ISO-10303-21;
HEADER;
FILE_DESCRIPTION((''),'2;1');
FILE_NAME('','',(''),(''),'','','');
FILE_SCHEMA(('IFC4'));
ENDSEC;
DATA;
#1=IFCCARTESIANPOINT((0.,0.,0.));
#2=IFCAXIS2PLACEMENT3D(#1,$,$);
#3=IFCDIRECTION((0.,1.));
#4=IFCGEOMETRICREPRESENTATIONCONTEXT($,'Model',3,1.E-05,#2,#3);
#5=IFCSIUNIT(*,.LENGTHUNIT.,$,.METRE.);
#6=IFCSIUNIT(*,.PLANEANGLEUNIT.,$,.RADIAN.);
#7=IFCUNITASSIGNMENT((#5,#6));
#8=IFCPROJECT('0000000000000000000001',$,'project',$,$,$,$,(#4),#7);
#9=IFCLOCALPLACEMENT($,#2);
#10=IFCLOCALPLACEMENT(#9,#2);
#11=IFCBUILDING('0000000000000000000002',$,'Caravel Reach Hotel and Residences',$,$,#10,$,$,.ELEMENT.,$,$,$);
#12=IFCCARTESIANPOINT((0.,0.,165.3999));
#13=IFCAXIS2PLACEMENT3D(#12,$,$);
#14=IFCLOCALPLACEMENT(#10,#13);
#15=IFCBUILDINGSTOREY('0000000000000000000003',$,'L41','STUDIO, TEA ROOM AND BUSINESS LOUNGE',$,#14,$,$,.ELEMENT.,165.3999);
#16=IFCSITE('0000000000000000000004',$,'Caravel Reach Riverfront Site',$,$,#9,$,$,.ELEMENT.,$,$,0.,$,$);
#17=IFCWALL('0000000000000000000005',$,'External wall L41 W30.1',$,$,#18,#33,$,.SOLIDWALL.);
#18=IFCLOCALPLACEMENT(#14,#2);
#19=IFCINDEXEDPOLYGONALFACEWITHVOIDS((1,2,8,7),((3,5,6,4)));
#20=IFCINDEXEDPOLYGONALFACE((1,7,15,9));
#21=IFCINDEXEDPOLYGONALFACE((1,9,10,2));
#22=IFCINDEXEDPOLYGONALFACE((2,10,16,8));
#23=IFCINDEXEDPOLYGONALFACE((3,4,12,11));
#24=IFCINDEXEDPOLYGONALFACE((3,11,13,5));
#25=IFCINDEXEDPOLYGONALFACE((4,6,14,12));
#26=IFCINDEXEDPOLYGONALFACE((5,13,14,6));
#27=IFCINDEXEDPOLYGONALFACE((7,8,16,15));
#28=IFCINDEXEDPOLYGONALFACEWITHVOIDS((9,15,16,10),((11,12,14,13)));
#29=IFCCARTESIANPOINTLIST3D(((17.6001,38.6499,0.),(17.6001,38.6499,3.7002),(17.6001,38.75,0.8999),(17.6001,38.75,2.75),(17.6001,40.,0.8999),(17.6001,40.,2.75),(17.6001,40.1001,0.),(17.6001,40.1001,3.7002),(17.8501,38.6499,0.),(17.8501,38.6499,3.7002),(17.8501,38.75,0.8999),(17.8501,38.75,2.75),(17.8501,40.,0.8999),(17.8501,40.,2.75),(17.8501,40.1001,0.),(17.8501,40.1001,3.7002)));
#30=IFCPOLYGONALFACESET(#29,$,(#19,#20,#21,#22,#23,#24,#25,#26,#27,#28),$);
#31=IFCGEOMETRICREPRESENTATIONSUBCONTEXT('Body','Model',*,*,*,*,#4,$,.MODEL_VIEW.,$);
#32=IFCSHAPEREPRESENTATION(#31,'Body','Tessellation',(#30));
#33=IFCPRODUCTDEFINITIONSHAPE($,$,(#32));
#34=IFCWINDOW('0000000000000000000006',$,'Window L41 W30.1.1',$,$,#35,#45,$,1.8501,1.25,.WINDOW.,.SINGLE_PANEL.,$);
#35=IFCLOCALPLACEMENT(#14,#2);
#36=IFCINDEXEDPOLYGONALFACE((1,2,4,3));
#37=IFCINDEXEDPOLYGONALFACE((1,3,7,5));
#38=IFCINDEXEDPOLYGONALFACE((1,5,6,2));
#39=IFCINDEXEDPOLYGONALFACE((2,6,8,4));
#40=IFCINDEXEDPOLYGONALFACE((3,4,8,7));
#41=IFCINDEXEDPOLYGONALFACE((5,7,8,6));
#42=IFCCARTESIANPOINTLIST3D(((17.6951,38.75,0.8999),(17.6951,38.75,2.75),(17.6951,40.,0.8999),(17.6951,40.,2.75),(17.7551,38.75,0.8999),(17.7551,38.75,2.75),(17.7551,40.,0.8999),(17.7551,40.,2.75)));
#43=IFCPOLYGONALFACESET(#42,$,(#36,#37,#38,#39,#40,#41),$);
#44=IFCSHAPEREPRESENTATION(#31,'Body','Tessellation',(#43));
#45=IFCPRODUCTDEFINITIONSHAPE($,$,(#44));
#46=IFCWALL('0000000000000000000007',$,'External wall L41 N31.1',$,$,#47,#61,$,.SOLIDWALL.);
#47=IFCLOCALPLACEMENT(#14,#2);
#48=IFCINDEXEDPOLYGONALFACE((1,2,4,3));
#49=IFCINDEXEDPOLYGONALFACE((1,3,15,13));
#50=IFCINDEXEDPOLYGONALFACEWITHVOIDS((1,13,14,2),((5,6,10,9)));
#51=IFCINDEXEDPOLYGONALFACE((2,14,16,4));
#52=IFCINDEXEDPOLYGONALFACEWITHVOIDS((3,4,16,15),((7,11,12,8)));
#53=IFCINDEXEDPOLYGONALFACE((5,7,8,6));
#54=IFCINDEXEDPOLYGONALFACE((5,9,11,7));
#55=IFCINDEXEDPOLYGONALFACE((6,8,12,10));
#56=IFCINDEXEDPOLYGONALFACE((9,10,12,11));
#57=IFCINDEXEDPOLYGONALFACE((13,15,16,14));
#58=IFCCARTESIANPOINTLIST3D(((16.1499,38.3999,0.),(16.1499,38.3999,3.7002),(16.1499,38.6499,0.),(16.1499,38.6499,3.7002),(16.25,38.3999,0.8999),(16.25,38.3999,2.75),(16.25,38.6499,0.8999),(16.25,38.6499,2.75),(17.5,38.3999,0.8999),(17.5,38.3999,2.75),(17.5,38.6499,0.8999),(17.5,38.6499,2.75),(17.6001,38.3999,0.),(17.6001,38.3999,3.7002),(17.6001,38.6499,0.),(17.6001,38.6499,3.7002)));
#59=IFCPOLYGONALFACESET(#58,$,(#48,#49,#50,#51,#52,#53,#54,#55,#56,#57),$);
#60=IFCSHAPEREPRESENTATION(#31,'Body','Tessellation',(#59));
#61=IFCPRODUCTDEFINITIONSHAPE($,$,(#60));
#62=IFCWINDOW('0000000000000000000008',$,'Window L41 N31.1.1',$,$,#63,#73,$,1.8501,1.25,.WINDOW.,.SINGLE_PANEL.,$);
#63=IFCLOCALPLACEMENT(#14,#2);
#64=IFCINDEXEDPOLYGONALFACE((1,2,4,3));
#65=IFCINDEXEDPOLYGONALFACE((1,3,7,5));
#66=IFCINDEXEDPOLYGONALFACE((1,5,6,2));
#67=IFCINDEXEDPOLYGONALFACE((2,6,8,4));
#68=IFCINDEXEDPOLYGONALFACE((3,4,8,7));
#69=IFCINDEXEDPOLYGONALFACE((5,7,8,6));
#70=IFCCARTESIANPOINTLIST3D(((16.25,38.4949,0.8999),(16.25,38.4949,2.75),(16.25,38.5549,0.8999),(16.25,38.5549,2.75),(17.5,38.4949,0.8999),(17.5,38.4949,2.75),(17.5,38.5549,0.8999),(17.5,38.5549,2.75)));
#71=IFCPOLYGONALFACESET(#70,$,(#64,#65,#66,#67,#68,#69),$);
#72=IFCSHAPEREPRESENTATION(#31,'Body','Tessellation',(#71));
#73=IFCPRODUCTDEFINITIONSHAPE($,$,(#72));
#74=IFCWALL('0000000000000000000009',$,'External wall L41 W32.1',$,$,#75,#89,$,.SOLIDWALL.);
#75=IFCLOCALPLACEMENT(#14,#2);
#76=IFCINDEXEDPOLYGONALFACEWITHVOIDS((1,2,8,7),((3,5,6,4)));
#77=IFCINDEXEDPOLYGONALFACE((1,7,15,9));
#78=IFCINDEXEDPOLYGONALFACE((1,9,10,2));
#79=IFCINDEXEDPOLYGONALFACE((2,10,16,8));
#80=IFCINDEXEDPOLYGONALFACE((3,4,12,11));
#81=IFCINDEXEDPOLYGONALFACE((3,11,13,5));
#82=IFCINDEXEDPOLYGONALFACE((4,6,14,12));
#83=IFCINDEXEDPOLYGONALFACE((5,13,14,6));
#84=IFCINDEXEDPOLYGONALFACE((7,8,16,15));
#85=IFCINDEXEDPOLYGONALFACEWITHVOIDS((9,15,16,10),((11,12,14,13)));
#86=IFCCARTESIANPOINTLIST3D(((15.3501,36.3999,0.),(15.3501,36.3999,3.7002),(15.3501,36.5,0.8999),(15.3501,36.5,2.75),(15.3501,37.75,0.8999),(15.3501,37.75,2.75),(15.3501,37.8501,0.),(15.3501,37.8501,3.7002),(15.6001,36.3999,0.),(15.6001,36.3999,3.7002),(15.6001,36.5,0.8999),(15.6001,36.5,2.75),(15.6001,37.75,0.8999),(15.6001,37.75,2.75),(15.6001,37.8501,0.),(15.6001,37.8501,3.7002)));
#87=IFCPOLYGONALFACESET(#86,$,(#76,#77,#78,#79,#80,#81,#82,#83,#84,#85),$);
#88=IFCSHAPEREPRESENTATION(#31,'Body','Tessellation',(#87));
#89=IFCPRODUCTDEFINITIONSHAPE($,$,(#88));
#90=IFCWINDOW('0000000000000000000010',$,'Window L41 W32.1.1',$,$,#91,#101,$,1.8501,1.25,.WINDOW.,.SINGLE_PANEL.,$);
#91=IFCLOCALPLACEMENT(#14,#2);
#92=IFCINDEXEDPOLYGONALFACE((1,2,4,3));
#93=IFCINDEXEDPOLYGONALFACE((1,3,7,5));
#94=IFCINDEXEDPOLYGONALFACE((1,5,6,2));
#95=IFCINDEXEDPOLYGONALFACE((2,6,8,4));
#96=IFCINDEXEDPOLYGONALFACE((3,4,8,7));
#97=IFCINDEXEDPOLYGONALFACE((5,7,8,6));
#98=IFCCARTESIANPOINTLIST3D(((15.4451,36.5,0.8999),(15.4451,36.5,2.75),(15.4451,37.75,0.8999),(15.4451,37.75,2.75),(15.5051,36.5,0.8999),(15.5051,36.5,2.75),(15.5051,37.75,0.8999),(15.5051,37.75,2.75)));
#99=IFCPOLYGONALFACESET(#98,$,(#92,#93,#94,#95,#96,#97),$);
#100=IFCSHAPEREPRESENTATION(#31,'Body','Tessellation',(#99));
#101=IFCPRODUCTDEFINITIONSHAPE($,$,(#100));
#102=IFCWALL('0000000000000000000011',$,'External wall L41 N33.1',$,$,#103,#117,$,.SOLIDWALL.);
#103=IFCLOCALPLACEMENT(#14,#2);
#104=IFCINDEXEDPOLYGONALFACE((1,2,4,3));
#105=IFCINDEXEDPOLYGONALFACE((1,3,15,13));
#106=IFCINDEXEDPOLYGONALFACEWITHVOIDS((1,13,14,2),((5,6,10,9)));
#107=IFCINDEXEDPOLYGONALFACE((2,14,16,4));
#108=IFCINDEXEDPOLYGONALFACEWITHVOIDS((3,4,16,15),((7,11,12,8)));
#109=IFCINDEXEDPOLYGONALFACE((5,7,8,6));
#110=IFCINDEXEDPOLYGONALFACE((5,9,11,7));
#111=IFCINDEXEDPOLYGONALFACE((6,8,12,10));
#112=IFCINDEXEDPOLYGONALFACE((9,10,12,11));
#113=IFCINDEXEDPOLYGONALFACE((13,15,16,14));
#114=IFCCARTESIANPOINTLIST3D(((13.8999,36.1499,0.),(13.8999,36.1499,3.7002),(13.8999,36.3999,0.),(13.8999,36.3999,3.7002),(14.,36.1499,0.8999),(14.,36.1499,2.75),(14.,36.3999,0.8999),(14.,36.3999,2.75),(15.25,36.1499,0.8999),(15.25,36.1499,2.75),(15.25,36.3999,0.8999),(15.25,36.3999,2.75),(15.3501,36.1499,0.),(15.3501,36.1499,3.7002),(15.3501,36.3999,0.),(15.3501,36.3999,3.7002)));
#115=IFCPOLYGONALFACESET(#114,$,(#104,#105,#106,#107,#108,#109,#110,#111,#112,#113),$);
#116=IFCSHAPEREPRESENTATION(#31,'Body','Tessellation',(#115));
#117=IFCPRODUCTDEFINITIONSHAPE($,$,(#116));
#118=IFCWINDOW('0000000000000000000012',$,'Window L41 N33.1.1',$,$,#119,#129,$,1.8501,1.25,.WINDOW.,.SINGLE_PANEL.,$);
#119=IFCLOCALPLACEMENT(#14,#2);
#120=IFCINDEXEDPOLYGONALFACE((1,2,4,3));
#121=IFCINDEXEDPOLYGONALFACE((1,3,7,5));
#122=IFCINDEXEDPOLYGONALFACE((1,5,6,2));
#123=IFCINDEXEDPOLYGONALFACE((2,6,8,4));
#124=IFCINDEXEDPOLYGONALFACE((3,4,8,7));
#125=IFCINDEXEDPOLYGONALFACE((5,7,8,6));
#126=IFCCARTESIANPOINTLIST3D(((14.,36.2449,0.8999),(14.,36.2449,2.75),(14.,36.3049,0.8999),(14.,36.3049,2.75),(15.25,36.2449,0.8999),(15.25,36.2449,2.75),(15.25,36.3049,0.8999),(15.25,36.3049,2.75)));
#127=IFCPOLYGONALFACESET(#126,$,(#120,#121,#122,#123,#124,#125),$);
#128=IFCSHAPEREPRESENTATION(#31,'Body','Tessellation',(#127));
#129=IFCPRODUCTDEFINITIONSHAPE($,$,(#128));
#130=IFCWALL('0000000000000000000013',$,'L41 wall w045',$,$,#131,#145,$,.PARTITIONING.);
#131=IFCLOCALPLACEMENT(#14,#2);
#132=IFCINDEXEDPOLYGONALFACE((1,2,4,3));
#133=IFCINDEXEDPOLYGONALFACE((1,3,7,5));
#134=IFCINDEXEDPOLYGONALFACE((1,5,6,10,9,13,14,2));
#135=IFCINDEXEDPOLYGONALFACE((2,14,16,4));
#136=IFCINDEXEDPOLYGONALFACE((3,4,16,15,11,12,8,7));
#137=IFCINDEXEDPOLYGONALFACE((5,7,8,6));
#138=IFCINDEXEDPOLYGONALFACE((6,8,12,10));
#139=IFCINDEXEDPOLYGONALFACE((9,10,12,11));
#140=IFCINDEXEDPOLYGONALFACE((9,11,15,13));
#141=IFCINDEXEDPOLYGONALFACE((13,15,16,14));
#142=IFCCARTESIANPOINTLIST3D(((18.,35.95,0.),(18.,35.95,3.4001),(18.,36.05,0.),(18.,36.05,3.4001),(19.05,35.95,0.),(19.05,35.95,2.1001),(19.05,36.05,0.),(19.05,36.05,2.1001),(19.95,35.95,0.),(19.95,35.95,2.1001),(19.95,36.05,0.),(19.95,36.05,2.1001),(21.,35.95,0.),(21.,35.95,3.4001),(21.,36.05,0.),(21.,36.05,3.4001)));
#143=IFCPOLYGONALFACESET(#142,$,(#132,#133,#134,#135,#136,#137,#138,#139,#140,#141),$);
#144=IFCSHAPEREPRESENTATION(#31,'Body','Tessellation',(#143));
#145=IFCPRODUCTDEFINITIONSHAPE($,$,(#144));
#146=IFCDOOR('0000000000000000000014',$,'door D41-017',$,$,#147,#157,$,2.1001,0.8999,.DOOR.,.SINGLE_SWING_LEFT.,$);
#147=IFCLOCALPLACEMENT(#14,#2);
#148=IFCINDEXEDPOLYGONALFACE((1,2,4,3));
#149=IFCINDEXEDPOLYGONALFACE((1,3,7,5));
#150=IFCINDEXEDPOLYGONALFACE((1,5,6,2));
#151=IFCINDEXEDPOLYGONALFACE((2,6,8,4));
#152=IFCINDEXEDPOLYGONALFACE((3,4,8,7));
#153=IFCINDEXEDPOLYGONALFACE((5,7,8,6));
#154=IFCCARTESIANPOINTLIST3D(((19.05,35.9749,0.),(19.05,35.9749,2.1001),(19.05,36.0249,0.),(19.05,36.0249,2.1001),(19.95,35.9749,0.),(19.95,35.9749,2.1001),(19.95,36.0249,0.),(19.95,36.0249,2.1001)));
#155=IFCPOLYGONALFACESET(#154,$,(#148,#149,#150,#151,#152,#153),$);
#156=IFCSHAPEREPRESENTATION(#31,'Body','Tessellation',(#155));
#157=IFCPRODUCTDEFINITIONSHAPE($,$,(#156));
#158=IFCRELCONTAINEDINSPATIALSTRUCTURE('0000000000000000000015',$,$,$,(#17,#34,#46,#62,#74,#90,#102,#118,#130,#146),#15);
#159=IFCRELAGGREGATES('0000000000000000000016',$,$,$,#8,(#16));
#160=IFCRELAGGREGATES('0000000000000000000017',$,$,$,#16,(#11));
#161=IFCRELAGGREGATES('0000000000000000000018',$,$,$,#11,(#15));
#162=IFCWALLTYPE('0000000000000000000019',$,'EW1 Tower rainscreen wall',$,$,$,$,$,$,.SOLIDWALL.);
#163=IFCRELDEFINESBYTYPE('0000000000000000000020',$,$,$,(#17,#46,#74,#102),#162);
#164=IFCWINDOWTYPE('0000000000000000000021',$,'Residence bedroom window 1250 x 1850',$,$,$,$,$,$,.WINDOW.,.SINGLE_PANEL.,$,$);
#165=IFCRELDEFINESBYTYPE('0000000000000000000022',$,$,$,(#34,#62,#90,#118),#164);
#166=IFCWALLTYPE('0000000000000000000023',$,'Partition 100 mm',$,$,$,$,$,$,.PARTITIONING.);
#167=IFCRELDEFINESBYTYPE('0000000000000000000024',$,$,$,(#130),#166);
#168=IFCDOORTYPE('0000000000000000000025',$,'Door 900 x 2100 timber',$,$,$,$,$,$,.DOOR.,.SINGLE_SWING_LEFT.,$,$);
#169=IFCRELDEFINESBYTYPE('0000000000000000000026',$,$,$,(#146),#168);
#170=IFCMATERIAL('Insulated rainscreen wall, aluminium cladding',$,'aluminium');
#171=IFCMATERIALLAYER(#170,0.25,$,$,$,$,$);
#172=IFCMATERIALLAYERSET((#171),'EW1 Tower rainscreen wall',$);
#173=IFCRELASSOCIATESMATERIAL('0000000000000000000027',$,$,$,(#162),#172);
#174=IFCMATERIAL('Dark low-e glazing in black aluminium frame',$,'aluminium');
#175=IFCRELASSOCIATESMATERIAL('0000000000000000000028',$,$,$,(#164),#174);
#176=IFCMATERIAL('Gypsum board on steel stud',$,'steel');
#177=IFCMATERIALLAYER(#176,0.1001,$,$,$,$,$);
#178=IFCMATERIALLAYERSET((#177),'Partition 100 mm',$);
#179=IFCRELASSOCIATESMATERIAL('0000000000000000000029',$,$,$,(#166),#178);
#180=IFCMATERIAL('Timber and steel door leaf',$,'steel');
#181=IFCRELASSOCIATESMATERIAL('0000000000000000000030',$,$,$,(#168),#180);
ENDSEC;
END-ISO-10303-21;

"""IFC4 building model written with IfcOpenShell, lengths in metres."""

from ifc_helpers import new_model, si_unit, direction, frame, frame_2d, origin, place, context, subcontext, project, spatial, rectangle, extrude, material, layer, layer_set, type_object, element, fill, save


model = new_model("IFC4")

# Units and contexts
model_context = context("Model", 3, precision=1e-05, world=origin(), true_north=direction((0.0, 1.0)))
body_context = subcontext(model_context, "Body", "Model", "MODEL_VIEW")
ifc_project = project(units=[si_unit("LENGTHUNIT", "METRE"), si_unit("PLANEANGLEUNIT", "RADIAN")], contexts=[model_context])

# Site, building, storey
site_placement = place(None, origin())
site = spatial("IfcSite", under=ifc_project, at=site_placement, Name="Caravel Reach Riverfront Site", CompositionType="ELEMENT", RefElevation=0.0)
building_placement = place(site_placement, origin())
building = spatial("IfcBuilding", under=site, at=building_placement, Name="Caravel Reach Hotel and Residences", CompositionType="ELEMENT")
storey_placement = place(building_placement, frame((0.0, 0.0, 165.3999)))
storey = spatial("IfcBuildingStorey", under=building, at=storey_placement, Name="L41", Description="STUDIO, TEA ROOM AND BUSINESS LOUNGE", CompositionType="ELEMENT", Elevation=165.3999)

# Walls, openings, windows
ifc_material_1 = material(Name="Insulated rainscreen wall, aluminium cladding", Category="aluminium")
ifc_layer_1 = layer(ifc_material_1, 0.25)
ifc_layer_set_1 = layer_set([ifc_layer_1], Name="EW1 Tower rainscreen wall")
wall_type_1 = type_object("IfcWallType", Name="EW1 Tower rainscreen wall", PredefinedType="SOLIDWALL", material=ifc_layer_set_1)
wall_1_placement = place(storey_placement, frame((17.7251, 40.1001, 0.0), z_axis=(0.0, 0.0, 1.0), x_axis=(0.0, -1.0, 0.0)))
wall_1 = element("IfcWall", 1, at=wall_1_placement, inside=storey, type_object=wall_type_1, Name="External wall L41 W30.1", PredefinedType="SOLIDWALL", context=body_context, shape_type="SweptSolid", body=[
    extrude(rectangle(XDim=1.4502, YDim=0.25, at=frame_2d((0.7251, 0.0))), origin(), (0.0, 0.0, 1.0), 3.7002),
])
opening_1_placement = place(wall_1_placement, frame((0.1001, 0.0, 0.8999)))
opening_1 = element("IfcOpeningElement", 2, at=opening_1_placement, cuts=wall_1, PredefinedType="OPENING", context=body_context, shape_type="SweptSolid", body=[
    extrude(rectangle(XDim=1.25, YDim=1.8501, at=frame_2d((0.625, 0.925))), frame((0.0, 0.135, 0.0), z_axis=(0.0, -1.0, 0.0), x_axis=(1.0, 0.0, 0.0)), (0.0, 0.0, 1.0), 0.27),
])
ifc_material_2 = material(Name="Dark low-e glazing in black aluminium frame", Category="aluminium")
window_type = type_object("IfcWindowType", Name="Residence bedroom window 1250 x 1850", PartitioningType="SINGLE_PANEL", PredefinedType="WINDOW", material=ifc_material_2)
window_1_placement = place(opening_1_placement, origin())
window_1 = element("IfcWindow", 3, at=window_1_placement, inside=storey, type_object=window_type, Name="Window L41 W30.1.1", OverallHeight=1.8501, OverallWidth=1.25, PartitioningType="SINGLE_PANEL", PredefinedType="WINDOW", context=body_context, shape_type="SweptSolid", body=[
    extrude(rectangle(XDim=1.25, YDim=1.8501, at=frame_2d((0.625, 0.925))), frame((0.0, 0.03, 0.0), z_axis=(0.0, -1.0, 0.0), x_axis=(1.0, 0.0, 0.0)), (0.0, 0.0, 1.0), 0.0601),
])
fill(opening_1, window_1)
wall_2_placement = place(storey_placement, frame((17.6001, 38.5249, 0.0), z_axis=(0.0, 0.0, 1.0), x_axis=(-1.0, 0.0, 0.0)))
wall_2 = element("IfcWall", 4, at=wall_2_placement, inside=storey, type_object=wall_type_1, Name="External wall L41 N31.1", PredefinedType="SOLIDWALL", context=body_context, shape_type="SweptSolid", body=[
    extrude(rectangle(XDim=1.4502, YDim=0.25, at=frame_2d((0.7251, 0.0))), origin(), (0.0, 0.0, 1.0), 3.7002),
])
opening_2_placement = place(wall_2_placement, frame((0.1001, 0.0, 0.8999)))
opening_2 = element("IfcOpeningElement", 5, at=opening_2_placement, cuts=wall_2, PredefinedType="OPENING", context=body_context, shape_type="SweptSolid", body=[
    extrude(rectangle(XDim=1.25, YDim=1.8501, at=frame_2d((0.625, 0.925))), frame((0.0, 0.135, 0.0), z_axis=(0.0, -1.0, 0.0), x_axis=(1.0, 0.0, 0.0)), (0.0, 0.0, 1.0), 0.27),
])
window_2_placement = place(opening_2_placement, origin())
window_2 = element("IfcWindow", 6, at=window_2_placement, inside=storey, type_object=window_type, Name="Window L41 N31.1.1", OverallHeight=1.8501, OverallWidth=1.25, PartitioningType="SINGLE_PANEL", PredefinedType="WINDOW", context=body_context, shape_type="SweptSolid", body=[
    extrude(rectangle(XDim=1.25, YDim=1.8501, at=frame_2d((0.625, 0.925))), frame((0.0, 0.03, 0.0), z_axis=(0.0, -1.0, 0.0), x_axis=(1.0, 0.0, 0.0)), (0.0, 0.0, 1.0), 0.0601),
])
fill(opening_2, window_2)
wall_3_placement = place(storey_placement, frame((15.4751, 37.8501, 0.0), z_axis=(0.0, 0.0, 1.0), x_axis=(0.0, -1.0, 0.0)))
wall_3 = element("IfcWall", 7, at=wall_3_placement, inside=storey, type_object=wall_type_1, Name="External wall L41 W32.1", PredefinedType="SOLIDWALL", context=body_context, shape_type="SweptSolid", body=[
    extrude(rectangle(XDim=1.4502, YDim=0.25, at=frame_2d((0.7251, 0.0))), origin(), (0.0, 0.0, 1.0), 3.7002),
])
opening_3_placement = place(wall_3_placement, frame((0.1001, 0.0, 0.8999)))
opening_3 = element("IfcOpeningElement", 8, at=opening_3_placement, cuts=wall_3, PredefinedType="OPENING", context=body_context, shape_type="SweptSolid", body=[
    extrude(rectangle(XDim=1.25, YDim=1.8501, at=frame_2d((0.625, 0.925))), frame((0.0, 0.135, 0.0), z_axis=(0.0, -1.0, 0.0), x_axis=(1.0, 0.0, 0.0)), (0.0, 0.0, 1.0), 0.27),
])
window_3_placement = place(opening_3_placement, origin())
window_3 = element("IfcWindow", 9, at=window_3_placement, inside=storey, type_object=window_type, Name="Window L41 W32.1.1", OverallHeight=1.8501, OverallWidth=1.25, PartitioningType="SINGLE_PANEL", PredefinedType="WINDOW", context=body_context, shape_type="SweptSolid", body=[
    extrude(rectangle(XDim=1.25, YDim=1.8501, at=frame_2d((0.625, 0.925))), frame((0.0, 0.03, 0.0), z_axis=(0.0, -1.0, 0.0), x_axis=(1.0, 0.0, 0.0)), (0.0, 0.0, 1.0), 0.0601),
])
fill(opening_3, window_3)
wall_4_placement = place(storey_placement, frame((15.3501, 36.2749, 0.0), z_axis=(0.0, 0.0, 1.0), x_axis=(-1.0, 0.0, 0.0)))
wall_4 = element("IfcWall", 10, at=wall_4_placement, inside=storey, type_object=wall_type_1, Name="External wall L41 N33.1", PredefinedType="SOLIDWALL", context=body_context, shape_type="SweptSolid", body=[
    extrude(rectangle(XDim=1.4502, YDim=0.25, at=frame_2d((0.7251, 0.0))), origin(), (0.0, 0.0, 1.0), 3.7002),
])
opening_4_placement = place(wall_4_placement, frame((0.1001, 0.0, 0.8999)))
opening_4 = element("IfcOpeningElement", 11, at=opening_4_placement, cuts=wall_4, PredefinedType="OPENING", context=body_context, shape_type="SweptSolid", body=[
    extrude(rectangle(XDim=1.25, YDim=1.8501, at=frame_2d((0.625, 0.925))), frame((0.0, 0.135, 0.0), z_axis=(0.0, -1.0, 0.0), x_axis=(1.0, 0.0, 0.0)), (0.0, 0.0, 1.0), 0.27),
])
window_4_placement = place(opening_4_placement, origin())
window_4 = element("IfcWindow", 12, at=window_4_placement, inside=storey, type_object=window_type, Name="Window L41 N33.1.1", OverallHeight=1.8501, OverallWidth=1.25, PartitioningType="SINGLE_PANEL", PredefinedType="WINDOW", context=body_context, shape_type="SweptSolid", body=[
    extrude(rectangle(XDim=1.25, YDim=1.8501, at=frame_2d((0.625, 0.925))), frame((0.0, 0.03, 0.0), z_axis=(0.0, -1.0, 0.0), x_axis=(1.0, 0.0, 0.0)), (0.0, 0.0, 1.0), 0.0601),
])
fill(opening_4, window_4)

# Wall, opening, door
ifc_material_3 = material(Name="Gypsum board on steel stud", Category="steel")
ifc_layer_2 = layer(ifc_material_3, 0.1001)
ifc_layer_set_2 = layer_set([ifc_layer_2], Name="Partition 100 mm")
wall_type_2 = type_object("IfcWallType", Name="Partition 100 mm", PredefinedType="PARTITIONING", material=ifc_layer_set_2)
wall_5_placement = place(storey_placement, frame((18.0, 36.0, 0.0), z_axis=(0.0, 0.0, 1.0), x_axis=(1.0, 0.0, 0.0)))
wall_5 = element("IfcWall", 13, at=wall_5_placement, inside=storey, type_object=wall_type_2, Name="L41 wall w045", PredefinedType="PARTITIONING", context=body_context, shape_type="SweptSolid", body=[
    extrude(rectangle(XDim=3.0, YDim=0.1001, at=frame_2d((1.5, 0.0))), origin(), (0.0, 0.0, 1.0), 3.4001),
])
opening_5_placement = place(wall_5_placement, frame((1.05, 0.0, 0.0)))
opening_5 = element("IfcOpeningElement", 14, at=opening_5_placement, cuts=wall_5, PredefinedType="OPENING", context=body_context, shape_type="SweptSolid", body=[
    extrude(rectangle(XDim=0.8999, YDim=2.1001, at=frame_2d((0.45, 1.05))), frame((0.0, 0.0601, 0.0), z_axis=(0.0, -1.0, 0.0), x_axis=(1.0, 0.0, 0.0)), (0.0, 0.0, 1.0), 0.1201),
])
ifc_material_4 = material(Name="Timber and steel door leaf", Category="steel")
door_type = type_object("IfcDoorType", Name="Door 900 x 2100 timber", OperationType="SINGLE_SWING_LEFT", PredefinedType="DOOR", material=ifc_material_4)
door_placement = place(opening_5_placement, origin())
door = element("IfcDoor", 15, at=door_placement, inside=storey, type_object=door_type, Name="door D41-017", OperationType="SINGLE_SWING_LEFT", OverallHeight=2.1001, OverallWidth=0.8999, PredefinedType="DOOR", context=body_context, shape_type="SweptSolid", body=[
    extrude(rectangle(XDim=0.8999, YDim=2.1001, at=frame_2d((0.45, 1.05))), frame((0.0, 0.0249, 0.0), z_axis=(0.0, -1.0, 0.0), x_axis=(1.0, 0.0, 0.0)), (0.0, 0.0, 1.0), 0.05),
])
fill(opening_5, door)

save(model, "model.ifc")
